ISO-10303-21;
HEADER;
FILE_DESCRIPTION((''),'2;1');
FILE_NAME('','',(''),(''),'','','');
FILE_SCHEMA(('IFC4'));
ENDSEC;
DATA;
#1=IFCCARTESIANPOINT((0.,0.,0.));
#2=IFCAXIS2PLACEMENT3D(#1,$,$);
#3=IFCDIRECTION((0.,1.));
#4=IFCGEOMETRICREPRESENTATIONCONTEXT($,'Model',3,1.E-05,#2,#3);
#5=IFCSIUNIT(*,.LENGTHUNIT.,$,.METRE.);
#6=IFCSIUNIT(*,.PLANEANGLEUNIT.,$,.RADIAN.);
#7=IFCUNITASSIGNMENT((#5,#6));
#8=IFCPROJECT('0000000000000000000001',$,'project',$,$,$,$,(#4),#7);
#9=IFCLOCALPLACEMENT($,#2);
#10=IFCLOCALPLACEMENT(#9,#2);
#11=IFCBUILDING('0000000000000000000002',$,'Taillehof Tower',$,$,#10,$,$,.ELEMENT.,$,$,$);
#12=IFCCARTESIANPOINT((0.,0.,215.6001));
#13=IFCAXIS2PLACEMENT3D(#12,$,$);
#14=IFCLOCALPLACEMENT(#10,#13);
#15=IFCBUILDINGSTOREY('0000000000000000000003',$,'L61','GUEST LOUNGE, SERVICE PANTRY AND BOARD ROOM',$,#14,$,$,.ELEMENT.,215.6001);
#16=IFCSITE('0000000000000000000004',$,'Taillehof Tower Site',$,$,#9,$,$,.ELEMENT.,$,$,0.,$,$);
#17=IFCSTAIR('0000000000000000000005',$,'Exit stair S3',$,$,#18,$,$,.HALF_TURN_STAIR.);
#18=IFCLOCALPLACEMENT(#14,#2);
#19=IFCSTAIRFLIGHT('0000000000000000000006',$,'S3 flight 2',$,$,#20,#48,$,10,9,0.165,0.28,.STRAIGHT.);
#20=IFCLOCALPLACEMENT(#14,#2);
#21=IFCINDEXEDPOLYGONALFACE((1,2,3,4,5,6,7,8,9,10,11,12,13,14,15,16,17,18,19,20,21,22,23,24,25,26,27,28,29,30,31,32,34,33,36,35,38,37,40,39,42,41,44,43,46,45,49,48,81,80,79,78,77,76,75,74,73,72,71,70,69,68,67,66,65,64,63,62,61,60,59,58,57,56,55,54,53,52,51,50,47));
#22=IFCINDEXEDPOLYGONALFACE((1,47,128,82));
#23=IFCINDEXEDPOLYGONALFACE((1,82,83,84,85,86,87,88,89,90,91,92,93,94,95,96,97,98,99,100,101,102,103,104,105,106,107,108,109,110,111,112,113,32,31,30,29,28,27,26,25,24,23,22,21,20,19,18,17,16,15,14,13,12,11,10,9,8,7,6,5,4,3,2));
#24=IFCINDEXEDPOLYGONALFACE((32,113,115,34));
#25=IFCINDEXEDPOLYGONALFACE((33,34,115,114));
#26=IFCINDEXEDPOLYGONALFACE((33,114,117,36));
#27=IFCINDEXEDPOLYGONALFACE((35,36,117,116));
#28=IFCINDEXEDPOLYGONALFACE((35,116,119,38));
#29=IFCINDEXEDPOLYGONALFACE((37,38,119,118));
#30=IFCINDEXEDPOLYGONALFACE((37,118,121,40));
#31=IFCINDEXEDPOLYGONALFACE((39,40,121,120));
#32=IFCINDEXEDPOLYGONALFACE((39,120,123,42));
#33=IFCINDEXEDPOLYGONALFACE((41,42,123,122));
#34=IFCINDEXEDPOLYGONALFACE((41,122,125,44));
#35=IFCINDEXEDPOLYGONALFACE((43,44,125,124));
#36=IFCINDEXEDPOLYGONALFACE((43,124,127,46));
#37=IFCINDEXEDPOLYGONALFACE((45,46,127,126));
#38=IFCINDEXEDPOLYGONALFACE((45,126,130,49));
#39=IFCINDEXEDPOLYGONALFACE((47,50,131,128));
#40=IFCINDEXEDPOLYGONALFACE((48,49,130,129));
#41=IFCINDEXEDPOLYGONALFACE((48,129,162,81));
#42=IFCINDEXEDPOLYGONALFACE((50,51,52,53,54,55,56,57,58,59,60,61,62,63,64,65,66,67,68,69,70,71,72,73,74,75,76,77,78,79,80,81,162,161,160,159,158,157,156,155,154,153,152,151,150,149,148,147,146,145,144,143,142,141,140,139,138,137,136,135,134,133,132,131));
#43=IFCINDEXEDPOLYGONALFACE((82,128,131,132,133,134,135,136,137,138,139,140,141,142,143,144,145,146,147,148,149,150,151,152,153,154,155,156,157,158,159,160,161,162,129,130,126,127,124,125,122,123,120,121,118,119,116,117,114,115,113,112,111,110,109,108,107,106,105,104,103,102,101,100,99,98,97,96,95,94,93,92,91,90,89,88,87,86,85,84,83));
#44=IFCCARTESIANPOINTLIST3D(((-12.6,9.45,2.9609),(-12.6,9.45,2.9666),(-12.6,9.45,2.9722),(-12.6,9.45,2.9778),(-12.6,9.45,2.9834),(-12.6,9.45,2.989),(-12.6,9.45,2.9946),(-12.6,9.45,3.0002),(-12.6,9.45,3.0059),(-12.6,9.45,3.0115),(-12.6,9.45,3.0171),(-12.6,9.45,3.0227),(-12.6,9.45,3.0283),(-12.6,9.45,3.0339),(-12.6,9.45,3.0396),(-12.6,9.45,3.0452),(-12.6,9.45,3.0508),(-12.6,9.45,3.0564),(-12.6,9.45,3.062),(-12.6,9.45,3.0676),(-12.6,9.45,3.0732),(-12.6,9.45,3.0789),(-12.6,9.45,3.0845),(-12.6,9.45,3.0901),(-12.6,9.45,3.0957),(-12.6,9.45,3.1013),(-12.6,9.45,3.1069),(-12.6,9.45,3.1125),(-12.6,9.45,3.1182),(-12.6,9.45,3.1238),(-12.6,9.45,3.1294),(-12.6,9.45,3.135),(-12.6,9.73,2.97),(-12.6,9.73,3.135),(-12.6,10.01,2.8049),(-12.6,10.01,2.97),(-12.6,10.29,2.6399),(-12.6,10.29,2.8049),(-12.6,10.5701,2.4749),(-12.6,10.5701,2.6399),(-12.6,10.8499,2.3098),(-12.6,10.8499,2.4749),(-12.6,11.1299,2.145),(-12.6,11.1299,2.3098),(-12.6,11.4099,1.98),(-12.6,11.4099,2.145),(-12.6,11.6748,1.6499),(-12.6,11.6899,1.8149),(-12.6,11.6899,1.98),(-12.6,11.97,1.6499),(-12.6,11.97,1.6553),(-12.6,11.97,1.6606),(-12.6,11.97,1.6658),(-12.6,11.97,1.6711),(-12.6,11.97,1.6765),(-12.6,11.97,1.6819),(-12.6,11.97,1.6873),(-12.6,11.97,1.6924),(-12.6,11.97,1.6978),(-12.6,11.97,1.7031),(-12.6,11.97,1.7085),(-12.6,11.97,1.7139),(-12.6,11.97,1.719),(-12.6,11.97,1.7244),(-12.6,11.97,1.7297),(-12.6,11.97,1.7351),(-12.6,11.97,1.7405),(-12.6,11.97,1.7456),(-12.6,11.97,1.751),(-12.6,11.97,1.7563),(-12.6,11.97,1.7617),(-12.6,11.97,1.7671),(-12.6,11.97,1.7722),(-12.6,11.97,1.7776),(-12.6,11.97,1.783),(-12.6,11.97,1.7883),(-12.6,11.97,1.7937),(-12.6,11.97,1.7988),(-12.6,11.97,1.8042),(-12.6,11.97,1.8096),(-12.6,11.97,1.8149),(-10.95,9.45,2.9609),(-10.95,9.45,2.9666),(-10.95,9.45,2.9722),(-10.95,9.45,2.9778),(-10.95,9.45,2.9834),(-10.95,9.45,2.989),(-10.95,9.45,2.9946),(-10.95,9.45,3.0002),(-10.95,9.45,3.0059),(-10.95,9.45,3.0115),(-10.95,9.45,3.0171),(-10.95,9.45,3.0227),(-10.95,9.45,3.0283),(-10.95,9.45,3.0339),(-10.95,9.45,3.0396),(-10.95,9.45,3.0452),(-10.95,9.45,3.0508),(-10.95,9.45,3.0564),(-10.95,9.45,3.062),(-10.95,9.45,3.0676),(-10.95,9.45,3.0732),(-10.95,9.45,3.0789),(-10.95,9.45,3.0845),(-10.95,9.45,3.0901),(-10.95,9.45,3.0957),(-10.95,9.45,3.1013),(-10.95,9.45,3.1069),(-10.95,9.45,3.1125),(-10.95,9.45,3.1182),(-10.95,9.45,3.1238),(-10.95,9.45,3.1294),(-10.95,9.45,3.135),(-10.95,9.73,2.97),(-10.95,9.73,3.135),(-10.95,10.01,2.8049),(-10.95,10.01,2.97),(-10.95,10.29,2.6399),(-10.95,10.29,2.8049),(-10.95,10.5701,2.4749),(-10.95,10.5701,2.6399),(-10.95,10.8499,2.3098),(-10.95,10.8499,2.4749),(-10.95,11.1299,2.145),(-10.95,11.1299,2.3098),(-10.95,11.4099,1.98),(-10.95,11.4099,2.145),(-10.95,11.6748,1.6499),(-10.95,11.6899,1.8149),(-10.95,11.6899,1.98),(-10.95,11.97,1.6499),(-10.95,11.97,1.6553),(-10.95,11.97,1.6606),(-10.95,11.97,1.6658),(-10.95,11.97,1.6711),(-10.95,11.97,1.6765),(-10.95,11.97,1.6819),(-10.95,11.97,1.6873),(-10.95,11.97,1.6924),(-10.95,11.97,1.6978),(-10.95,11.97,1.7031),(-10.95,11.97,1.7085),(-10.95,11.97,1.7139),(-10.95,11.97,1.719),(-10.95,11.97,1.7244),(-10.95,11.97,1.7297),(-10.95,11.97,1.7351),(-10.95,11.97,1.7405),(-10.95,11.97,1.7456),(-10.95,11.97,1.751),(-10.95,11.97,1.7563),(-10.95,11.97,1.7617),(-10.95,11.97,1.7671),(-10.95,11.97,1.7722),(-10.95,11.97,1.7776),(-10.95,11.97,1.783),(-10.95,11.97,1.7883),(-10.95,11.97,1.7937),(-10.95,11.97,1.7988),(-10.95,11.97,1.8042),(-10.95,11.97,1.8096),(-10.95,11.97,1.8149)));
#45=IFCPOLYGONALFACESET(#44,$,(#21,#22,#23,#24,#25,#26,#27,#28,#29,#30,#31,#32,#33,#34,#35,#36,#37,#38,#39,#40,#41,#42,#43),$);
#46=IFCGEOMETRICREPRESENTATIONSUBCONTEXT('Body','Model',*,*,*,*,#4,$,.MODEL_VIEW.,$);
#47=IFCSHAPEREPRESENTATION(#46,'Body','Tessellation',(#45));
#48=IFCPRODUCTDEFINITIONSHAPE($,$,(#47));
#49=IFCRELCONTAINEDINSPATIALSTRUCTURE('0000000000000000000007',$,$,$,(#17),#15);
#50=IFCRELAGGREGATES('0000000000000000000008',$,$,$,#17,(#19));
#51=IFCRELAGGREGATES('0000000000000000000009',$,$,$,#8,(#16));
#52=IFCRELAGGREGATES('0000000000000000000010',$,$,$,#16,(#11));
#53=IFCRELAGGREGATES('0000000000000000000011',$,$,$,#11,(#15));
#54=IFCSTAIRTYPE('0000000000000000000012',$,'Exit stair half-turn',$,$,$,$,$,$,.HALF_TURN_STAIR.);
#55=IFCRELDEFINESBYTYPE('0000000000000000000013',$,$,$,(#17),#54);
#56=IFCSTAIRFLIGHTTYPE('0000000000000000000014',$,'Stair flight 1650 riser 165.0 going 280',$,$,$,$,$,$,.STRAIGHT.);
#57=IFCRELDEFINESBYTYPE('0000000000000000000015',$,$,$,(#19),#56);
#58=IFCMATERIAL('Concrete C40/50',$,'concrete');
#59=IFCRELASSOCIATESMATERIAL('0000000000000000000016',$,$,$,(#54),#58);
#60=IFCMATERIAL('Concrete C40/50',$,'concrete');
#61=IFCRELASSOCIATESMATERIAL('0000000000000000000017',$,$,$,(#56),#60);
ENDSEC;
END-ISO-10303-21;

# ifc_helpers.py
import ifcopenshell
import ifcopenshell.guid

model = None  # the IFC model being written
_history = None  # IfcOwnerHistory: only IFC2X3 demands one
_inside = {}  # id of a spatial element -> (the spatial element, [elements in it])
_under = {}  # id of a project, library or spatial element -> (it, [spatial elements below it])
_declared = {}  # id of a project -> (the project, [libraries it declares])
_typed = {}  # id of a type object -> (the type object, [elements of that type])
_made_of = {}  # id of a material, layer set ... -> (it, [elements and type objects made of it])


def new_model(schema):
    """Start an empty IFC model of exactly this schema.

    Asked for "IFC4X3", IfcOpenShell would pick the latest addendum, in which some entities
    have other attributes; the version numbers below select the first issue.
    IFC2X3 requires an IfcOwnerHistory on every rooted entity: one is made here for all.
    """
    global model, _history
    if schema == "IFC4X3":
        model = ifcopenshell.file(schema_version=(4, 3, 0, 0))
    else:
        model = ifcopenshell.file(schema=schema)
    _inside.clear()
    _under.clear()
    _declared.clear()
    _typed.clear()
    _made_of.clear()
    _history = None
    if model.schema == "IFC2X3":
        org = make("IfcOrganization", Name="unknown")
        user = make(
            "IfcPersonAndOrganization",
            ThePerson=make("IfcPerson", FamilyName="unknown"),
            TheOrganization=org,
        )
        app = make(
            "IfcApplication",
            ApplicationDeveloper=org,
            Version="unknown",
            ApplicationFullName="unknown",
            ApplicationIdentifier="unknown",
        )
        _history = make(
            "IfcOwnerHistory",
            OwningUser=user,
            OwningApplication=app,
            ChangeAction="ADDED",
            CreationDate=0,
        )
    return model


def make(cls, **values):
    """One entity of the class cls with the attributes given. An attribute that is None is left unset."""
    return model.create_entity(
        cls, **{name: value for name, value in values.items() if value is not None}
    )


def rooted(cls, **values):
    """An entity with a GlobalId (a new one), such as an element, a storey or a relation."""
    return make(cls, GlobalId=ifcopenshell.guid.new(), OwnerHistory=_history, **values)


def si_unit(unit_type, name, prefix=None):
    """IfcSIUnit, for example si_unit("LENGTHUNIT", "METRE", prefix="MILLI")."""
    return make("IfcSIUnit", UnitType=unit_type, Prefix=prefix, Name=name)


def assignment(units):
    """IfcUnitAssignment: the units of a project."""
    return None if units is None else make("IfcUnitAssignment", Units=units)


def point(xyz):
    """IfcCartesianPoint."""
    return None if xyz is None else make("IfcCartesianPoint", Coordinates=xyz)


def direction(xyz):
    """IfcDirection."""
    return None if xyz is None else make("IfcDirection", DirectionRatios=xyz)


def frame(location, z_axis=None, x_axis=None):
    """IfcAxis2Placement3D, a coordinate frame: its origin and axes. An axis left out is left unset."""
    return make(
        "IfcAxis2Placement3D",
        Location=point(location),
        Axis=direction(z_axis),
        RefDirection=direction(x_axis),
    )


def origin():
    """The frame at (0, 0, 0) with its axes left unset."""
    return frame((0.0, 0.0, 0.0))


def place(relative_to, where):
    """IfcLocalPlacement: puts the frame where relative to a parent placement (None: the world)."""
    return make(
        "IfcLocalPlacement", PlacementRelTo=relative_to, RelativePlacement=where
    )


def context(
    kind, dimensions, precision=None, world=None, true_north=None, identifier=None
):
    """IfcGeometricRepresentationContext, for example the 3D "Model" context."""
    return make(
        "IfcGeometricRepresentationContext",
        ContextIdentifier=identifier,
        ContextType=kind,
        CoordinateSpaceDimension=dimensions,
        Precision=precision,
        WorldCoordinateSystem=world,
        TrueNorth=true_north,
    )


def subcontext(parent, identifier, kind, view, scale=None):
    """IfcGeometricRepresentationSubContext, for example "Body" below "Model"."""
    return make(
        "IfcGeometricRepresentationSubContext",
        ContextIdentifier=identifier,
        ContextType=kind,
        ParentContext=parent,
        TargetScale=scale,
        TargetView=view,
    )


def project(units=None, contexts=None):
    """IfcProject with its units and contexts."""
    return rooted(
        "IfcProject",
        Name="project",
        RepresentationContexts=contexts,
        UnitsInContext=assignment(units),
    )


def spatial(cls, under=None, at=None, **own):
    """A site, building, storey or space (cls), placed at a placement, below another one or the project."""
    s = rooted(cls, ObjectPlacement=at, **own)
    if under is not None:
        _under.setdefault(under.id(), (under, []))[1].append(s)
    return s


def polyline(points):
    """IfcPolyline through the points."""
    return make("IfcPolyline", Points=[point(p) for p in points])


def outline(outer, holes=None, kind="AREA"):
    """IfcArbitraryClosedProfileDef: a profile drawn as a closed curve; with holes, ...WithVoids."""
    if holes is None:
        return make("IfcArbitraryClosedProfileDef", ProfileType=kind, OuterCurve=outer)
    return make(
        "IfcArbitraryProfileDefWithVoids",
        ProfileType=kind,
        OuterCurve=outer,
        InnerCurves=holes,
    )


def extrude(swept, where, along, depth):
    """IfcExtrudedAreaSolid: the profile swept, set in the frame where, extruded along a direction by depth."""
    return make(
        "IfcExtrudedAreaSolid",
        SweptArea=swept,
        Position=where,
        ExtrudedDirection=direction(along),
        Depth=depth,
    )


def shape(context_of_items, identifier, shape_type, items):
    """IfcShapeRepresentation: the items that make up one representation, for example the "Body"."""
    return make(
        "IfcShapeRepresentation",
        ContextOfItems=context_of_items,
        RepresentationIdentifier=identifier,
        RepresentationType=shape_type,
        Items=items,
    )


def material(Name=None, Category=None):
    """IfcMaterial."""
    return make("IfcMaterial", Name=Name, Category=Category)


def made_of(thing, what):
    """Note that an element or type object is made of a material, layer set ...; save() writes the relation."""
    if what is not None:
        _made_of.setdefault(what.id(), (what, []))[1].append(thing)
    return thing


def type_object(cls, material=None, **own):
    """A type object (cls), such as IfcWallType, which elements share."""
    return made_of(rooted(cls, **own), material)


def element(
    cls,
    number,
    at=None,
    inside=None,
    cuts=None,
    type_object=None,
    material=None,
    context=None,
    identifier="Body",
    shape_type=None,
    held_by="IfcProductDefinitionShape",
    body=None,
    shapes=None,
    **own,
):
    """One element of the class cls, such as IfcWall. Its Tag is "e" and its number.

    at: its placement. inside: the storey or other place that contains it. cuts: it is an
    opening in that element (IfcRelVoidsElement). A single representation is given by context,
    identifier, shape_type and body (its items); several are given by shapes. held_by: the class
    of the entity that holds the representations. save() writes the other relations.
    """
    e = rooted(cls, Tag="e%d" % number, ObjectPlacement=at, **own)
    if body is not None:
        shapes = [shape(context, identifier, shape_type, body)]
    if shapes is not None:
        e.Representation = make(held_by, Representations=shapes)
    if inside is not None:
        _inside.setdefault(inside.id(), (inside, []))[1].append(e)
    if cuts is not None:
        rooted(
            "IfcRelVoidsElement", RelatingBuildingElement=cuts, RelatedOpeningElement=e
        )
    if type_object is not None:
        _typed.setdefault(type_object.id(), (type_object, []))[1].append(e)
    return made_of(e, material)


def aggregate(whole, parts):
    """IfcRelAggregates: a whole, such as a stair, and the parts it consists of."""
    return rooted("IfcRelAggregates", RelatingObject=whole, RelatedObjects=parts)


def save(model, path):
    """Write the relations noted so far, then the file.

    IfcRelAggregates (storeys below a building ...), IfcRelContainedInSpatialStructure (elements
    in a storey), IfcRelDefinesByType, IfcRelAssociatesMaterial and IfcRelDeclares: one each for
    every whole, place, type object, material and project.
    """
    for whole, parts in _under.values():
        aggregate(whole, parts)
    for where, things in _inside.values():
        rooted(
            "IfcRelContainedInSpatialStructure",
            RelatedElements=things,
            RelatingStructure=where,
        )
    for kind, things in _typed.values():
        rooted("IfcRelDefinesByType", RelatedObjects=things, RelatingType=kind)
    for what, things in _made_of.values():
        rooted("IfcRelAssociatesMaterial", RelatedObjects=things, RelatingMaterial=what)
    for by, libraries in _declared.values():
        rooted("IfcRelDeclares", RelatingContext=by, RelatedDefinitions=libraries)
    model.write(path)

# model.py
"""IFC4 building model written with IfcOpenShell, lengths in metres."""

from ifc_helpers import new_model, si_unit, direction, frame, origin, place, context, subcontext, project, spatial, polyline, outline, extrude, material, type_object, element, aggregate, save


model = new_model("IFC4")

# Units and contexts
model_context = context("Model", 3, precision=1e-05, world=origin(), true_north=direction((0.0, 1.0)))
body_context = subcontext(model_context, "Body", "Model", "MODEL_VIEW")
ifc_project = project(units=[si_unit("LENGTHUNIT", "METRE"), si_unit("PLANEANGLEUNIT", "RADIAN")], contexts=[model_context])

# Site, building, storey
site_placement = place(None, origin())
site = spatial("IfcSite", under=ifc_project, at=site_placement, Name="Taillehof Tower Site", CompositionType="ELEMENT", RefElevation=0.0)
building_placement = place(site_placement, origin())
building = spatial("IfcBuilding", under=site, at=building_placement, Name="Taillehof Tower", CompositionType="ELEMENT")
storey_placement = place(building_placement, frame((0.0, 0.0, 215.6001)))
storey = spatial("IfcBuildingStorey", under=building, at=storey_placement, Name="L61", Description="GUEST LOUNGE, SERVICE PANTRY AND BOARD ROOM", CompositionType="ELEMENT", Elevation=215.6001)

# Stair, stair flight
ifc_material_1 = material(Name="Concrete C40/50", Category="concrete")
stair_type = type_object("IfcStairType", Name="Exit stair half-turn", PredefinedType="HALF_TURN_STAIR", material=ifc_material_1)
stair_placement = place(storey_placement, origin())
stair = element("IfcStair", 1, at=stair_placement, inside=storey, type_object=stair_type, Name="Exit stair S3", PredefinedType="HALF_TURN_STAIR")
ifc_material_2 = material(Name="Concrete C40/50", Category="concrete")
stair_flight_type = type_object("IfcStairFlightType", Name="Stair flight 1650 riser 165.0 going 280", PredefinedType="STRAIGHT", material=ifc_material_2)
stair_flight_placement = place(storey_placement, frame((-11.7749, 11.97, 1.6499), z_axis=(0.0, 0.0, 1.0), x_axis=(0.0, -1.0, 0.0)))
stair_flight = element("IfcStairFlight", 2, at=stair_flight_placement, type_object=stair_flight_type, Name="S3 flight 2", NumberOfRisers=10, NumberOfTreads=9, PredefinedType="STRAIGHT", RiserHeight=0.165, TreadLength=0.28, context=body_context, shape_type="SweptSolid", body=[
    extrude(outline(polyline([(0.0, 0.0), (0.0, 0.0054), (0.0, 0.0107), (0.0, 0.0159), (0.0, 0.0212), (0.0, 0.0266), (0.0, 0.032), (0.0, 0.0374), (0.0, 0.0425), (0.0, 0.0479), (0.0, 0.0532), (0.0, 0.0586), (0.0, 0.064), (0.0, 0.0691), (0.0, 0.0745), (0.0, 0.0798), (0.0, 0.0852), (0.0, 0.0906), (0.0, 0.0957), (0.0, 0.1011), (0.0, 0.1064), (0.0, 0.1118), (0.0, 0.1172), (0.0, 0.1223), (0.0, 0.1277), (0.0, 0.1331), (0.0, 0.1384), (0.0, 0.1438), (0.0, 0.1489), (0.0, 0.1543), (0.0, 0.1597), (0.0, 0.165), (0.28, 0.165), (0.28, 0.3301), (0.5601, 0.3301), (0.5601, 0.4951), (0.8401, 0.4951), (0.8401, 0.6599), (1.1201, 0.6599), (1.1201, 0.825), (1.3999, 0.825), (1.3999, 0.99), (1.6799, 0.99), (1.6799, 1.155), (1.96, 1.155), (1.96, 1.3201), (2.24, 1.3201), (2.24, 1.4851), (2.52, 1.4851), (2.52, 1.4795), (2.52, 1.4739), (2.52, 1.4683), (2.52, 1.4626), (2.52, 1.457), (2.52, 1.4514), (2.52, 1.4458), (2.52, 1.4402), (2.52, 1.4346), (2.52, 1.429), (2.52, 1.4233), (2.52, 1.4177), (2.52, 1.4121), (2.52, 1.4065), (2.52, 1.4009), (2.52, 1.3953), (2.52, 1.3896), (2.52, 1.384), (2.52, 1.3784), (2.52, 1.3728), (2.52, 1.3672), (2.52, 1.3616), (2.52, 1.356), (2.52, 1.3503), (2.52, 1.3447), (2.52, 1.3391), (2.52, 1.3335), (2.52, 1.3279), (2.52, 1.3223), (2.52, 1.3167), (2.52, 1.311), (0.2952, 0.0), (0.0, 0.0)])), frame((0.0, 0.825, 0.0), z_axis=(0.0, -1.0, 0.0), x_axis=(1.0, 0.0, 0.0)), (0.0, 0.0, 1.0), 1.65),
])
aggregate(stair, [stair_flight])

save(model, "model.ifc")
